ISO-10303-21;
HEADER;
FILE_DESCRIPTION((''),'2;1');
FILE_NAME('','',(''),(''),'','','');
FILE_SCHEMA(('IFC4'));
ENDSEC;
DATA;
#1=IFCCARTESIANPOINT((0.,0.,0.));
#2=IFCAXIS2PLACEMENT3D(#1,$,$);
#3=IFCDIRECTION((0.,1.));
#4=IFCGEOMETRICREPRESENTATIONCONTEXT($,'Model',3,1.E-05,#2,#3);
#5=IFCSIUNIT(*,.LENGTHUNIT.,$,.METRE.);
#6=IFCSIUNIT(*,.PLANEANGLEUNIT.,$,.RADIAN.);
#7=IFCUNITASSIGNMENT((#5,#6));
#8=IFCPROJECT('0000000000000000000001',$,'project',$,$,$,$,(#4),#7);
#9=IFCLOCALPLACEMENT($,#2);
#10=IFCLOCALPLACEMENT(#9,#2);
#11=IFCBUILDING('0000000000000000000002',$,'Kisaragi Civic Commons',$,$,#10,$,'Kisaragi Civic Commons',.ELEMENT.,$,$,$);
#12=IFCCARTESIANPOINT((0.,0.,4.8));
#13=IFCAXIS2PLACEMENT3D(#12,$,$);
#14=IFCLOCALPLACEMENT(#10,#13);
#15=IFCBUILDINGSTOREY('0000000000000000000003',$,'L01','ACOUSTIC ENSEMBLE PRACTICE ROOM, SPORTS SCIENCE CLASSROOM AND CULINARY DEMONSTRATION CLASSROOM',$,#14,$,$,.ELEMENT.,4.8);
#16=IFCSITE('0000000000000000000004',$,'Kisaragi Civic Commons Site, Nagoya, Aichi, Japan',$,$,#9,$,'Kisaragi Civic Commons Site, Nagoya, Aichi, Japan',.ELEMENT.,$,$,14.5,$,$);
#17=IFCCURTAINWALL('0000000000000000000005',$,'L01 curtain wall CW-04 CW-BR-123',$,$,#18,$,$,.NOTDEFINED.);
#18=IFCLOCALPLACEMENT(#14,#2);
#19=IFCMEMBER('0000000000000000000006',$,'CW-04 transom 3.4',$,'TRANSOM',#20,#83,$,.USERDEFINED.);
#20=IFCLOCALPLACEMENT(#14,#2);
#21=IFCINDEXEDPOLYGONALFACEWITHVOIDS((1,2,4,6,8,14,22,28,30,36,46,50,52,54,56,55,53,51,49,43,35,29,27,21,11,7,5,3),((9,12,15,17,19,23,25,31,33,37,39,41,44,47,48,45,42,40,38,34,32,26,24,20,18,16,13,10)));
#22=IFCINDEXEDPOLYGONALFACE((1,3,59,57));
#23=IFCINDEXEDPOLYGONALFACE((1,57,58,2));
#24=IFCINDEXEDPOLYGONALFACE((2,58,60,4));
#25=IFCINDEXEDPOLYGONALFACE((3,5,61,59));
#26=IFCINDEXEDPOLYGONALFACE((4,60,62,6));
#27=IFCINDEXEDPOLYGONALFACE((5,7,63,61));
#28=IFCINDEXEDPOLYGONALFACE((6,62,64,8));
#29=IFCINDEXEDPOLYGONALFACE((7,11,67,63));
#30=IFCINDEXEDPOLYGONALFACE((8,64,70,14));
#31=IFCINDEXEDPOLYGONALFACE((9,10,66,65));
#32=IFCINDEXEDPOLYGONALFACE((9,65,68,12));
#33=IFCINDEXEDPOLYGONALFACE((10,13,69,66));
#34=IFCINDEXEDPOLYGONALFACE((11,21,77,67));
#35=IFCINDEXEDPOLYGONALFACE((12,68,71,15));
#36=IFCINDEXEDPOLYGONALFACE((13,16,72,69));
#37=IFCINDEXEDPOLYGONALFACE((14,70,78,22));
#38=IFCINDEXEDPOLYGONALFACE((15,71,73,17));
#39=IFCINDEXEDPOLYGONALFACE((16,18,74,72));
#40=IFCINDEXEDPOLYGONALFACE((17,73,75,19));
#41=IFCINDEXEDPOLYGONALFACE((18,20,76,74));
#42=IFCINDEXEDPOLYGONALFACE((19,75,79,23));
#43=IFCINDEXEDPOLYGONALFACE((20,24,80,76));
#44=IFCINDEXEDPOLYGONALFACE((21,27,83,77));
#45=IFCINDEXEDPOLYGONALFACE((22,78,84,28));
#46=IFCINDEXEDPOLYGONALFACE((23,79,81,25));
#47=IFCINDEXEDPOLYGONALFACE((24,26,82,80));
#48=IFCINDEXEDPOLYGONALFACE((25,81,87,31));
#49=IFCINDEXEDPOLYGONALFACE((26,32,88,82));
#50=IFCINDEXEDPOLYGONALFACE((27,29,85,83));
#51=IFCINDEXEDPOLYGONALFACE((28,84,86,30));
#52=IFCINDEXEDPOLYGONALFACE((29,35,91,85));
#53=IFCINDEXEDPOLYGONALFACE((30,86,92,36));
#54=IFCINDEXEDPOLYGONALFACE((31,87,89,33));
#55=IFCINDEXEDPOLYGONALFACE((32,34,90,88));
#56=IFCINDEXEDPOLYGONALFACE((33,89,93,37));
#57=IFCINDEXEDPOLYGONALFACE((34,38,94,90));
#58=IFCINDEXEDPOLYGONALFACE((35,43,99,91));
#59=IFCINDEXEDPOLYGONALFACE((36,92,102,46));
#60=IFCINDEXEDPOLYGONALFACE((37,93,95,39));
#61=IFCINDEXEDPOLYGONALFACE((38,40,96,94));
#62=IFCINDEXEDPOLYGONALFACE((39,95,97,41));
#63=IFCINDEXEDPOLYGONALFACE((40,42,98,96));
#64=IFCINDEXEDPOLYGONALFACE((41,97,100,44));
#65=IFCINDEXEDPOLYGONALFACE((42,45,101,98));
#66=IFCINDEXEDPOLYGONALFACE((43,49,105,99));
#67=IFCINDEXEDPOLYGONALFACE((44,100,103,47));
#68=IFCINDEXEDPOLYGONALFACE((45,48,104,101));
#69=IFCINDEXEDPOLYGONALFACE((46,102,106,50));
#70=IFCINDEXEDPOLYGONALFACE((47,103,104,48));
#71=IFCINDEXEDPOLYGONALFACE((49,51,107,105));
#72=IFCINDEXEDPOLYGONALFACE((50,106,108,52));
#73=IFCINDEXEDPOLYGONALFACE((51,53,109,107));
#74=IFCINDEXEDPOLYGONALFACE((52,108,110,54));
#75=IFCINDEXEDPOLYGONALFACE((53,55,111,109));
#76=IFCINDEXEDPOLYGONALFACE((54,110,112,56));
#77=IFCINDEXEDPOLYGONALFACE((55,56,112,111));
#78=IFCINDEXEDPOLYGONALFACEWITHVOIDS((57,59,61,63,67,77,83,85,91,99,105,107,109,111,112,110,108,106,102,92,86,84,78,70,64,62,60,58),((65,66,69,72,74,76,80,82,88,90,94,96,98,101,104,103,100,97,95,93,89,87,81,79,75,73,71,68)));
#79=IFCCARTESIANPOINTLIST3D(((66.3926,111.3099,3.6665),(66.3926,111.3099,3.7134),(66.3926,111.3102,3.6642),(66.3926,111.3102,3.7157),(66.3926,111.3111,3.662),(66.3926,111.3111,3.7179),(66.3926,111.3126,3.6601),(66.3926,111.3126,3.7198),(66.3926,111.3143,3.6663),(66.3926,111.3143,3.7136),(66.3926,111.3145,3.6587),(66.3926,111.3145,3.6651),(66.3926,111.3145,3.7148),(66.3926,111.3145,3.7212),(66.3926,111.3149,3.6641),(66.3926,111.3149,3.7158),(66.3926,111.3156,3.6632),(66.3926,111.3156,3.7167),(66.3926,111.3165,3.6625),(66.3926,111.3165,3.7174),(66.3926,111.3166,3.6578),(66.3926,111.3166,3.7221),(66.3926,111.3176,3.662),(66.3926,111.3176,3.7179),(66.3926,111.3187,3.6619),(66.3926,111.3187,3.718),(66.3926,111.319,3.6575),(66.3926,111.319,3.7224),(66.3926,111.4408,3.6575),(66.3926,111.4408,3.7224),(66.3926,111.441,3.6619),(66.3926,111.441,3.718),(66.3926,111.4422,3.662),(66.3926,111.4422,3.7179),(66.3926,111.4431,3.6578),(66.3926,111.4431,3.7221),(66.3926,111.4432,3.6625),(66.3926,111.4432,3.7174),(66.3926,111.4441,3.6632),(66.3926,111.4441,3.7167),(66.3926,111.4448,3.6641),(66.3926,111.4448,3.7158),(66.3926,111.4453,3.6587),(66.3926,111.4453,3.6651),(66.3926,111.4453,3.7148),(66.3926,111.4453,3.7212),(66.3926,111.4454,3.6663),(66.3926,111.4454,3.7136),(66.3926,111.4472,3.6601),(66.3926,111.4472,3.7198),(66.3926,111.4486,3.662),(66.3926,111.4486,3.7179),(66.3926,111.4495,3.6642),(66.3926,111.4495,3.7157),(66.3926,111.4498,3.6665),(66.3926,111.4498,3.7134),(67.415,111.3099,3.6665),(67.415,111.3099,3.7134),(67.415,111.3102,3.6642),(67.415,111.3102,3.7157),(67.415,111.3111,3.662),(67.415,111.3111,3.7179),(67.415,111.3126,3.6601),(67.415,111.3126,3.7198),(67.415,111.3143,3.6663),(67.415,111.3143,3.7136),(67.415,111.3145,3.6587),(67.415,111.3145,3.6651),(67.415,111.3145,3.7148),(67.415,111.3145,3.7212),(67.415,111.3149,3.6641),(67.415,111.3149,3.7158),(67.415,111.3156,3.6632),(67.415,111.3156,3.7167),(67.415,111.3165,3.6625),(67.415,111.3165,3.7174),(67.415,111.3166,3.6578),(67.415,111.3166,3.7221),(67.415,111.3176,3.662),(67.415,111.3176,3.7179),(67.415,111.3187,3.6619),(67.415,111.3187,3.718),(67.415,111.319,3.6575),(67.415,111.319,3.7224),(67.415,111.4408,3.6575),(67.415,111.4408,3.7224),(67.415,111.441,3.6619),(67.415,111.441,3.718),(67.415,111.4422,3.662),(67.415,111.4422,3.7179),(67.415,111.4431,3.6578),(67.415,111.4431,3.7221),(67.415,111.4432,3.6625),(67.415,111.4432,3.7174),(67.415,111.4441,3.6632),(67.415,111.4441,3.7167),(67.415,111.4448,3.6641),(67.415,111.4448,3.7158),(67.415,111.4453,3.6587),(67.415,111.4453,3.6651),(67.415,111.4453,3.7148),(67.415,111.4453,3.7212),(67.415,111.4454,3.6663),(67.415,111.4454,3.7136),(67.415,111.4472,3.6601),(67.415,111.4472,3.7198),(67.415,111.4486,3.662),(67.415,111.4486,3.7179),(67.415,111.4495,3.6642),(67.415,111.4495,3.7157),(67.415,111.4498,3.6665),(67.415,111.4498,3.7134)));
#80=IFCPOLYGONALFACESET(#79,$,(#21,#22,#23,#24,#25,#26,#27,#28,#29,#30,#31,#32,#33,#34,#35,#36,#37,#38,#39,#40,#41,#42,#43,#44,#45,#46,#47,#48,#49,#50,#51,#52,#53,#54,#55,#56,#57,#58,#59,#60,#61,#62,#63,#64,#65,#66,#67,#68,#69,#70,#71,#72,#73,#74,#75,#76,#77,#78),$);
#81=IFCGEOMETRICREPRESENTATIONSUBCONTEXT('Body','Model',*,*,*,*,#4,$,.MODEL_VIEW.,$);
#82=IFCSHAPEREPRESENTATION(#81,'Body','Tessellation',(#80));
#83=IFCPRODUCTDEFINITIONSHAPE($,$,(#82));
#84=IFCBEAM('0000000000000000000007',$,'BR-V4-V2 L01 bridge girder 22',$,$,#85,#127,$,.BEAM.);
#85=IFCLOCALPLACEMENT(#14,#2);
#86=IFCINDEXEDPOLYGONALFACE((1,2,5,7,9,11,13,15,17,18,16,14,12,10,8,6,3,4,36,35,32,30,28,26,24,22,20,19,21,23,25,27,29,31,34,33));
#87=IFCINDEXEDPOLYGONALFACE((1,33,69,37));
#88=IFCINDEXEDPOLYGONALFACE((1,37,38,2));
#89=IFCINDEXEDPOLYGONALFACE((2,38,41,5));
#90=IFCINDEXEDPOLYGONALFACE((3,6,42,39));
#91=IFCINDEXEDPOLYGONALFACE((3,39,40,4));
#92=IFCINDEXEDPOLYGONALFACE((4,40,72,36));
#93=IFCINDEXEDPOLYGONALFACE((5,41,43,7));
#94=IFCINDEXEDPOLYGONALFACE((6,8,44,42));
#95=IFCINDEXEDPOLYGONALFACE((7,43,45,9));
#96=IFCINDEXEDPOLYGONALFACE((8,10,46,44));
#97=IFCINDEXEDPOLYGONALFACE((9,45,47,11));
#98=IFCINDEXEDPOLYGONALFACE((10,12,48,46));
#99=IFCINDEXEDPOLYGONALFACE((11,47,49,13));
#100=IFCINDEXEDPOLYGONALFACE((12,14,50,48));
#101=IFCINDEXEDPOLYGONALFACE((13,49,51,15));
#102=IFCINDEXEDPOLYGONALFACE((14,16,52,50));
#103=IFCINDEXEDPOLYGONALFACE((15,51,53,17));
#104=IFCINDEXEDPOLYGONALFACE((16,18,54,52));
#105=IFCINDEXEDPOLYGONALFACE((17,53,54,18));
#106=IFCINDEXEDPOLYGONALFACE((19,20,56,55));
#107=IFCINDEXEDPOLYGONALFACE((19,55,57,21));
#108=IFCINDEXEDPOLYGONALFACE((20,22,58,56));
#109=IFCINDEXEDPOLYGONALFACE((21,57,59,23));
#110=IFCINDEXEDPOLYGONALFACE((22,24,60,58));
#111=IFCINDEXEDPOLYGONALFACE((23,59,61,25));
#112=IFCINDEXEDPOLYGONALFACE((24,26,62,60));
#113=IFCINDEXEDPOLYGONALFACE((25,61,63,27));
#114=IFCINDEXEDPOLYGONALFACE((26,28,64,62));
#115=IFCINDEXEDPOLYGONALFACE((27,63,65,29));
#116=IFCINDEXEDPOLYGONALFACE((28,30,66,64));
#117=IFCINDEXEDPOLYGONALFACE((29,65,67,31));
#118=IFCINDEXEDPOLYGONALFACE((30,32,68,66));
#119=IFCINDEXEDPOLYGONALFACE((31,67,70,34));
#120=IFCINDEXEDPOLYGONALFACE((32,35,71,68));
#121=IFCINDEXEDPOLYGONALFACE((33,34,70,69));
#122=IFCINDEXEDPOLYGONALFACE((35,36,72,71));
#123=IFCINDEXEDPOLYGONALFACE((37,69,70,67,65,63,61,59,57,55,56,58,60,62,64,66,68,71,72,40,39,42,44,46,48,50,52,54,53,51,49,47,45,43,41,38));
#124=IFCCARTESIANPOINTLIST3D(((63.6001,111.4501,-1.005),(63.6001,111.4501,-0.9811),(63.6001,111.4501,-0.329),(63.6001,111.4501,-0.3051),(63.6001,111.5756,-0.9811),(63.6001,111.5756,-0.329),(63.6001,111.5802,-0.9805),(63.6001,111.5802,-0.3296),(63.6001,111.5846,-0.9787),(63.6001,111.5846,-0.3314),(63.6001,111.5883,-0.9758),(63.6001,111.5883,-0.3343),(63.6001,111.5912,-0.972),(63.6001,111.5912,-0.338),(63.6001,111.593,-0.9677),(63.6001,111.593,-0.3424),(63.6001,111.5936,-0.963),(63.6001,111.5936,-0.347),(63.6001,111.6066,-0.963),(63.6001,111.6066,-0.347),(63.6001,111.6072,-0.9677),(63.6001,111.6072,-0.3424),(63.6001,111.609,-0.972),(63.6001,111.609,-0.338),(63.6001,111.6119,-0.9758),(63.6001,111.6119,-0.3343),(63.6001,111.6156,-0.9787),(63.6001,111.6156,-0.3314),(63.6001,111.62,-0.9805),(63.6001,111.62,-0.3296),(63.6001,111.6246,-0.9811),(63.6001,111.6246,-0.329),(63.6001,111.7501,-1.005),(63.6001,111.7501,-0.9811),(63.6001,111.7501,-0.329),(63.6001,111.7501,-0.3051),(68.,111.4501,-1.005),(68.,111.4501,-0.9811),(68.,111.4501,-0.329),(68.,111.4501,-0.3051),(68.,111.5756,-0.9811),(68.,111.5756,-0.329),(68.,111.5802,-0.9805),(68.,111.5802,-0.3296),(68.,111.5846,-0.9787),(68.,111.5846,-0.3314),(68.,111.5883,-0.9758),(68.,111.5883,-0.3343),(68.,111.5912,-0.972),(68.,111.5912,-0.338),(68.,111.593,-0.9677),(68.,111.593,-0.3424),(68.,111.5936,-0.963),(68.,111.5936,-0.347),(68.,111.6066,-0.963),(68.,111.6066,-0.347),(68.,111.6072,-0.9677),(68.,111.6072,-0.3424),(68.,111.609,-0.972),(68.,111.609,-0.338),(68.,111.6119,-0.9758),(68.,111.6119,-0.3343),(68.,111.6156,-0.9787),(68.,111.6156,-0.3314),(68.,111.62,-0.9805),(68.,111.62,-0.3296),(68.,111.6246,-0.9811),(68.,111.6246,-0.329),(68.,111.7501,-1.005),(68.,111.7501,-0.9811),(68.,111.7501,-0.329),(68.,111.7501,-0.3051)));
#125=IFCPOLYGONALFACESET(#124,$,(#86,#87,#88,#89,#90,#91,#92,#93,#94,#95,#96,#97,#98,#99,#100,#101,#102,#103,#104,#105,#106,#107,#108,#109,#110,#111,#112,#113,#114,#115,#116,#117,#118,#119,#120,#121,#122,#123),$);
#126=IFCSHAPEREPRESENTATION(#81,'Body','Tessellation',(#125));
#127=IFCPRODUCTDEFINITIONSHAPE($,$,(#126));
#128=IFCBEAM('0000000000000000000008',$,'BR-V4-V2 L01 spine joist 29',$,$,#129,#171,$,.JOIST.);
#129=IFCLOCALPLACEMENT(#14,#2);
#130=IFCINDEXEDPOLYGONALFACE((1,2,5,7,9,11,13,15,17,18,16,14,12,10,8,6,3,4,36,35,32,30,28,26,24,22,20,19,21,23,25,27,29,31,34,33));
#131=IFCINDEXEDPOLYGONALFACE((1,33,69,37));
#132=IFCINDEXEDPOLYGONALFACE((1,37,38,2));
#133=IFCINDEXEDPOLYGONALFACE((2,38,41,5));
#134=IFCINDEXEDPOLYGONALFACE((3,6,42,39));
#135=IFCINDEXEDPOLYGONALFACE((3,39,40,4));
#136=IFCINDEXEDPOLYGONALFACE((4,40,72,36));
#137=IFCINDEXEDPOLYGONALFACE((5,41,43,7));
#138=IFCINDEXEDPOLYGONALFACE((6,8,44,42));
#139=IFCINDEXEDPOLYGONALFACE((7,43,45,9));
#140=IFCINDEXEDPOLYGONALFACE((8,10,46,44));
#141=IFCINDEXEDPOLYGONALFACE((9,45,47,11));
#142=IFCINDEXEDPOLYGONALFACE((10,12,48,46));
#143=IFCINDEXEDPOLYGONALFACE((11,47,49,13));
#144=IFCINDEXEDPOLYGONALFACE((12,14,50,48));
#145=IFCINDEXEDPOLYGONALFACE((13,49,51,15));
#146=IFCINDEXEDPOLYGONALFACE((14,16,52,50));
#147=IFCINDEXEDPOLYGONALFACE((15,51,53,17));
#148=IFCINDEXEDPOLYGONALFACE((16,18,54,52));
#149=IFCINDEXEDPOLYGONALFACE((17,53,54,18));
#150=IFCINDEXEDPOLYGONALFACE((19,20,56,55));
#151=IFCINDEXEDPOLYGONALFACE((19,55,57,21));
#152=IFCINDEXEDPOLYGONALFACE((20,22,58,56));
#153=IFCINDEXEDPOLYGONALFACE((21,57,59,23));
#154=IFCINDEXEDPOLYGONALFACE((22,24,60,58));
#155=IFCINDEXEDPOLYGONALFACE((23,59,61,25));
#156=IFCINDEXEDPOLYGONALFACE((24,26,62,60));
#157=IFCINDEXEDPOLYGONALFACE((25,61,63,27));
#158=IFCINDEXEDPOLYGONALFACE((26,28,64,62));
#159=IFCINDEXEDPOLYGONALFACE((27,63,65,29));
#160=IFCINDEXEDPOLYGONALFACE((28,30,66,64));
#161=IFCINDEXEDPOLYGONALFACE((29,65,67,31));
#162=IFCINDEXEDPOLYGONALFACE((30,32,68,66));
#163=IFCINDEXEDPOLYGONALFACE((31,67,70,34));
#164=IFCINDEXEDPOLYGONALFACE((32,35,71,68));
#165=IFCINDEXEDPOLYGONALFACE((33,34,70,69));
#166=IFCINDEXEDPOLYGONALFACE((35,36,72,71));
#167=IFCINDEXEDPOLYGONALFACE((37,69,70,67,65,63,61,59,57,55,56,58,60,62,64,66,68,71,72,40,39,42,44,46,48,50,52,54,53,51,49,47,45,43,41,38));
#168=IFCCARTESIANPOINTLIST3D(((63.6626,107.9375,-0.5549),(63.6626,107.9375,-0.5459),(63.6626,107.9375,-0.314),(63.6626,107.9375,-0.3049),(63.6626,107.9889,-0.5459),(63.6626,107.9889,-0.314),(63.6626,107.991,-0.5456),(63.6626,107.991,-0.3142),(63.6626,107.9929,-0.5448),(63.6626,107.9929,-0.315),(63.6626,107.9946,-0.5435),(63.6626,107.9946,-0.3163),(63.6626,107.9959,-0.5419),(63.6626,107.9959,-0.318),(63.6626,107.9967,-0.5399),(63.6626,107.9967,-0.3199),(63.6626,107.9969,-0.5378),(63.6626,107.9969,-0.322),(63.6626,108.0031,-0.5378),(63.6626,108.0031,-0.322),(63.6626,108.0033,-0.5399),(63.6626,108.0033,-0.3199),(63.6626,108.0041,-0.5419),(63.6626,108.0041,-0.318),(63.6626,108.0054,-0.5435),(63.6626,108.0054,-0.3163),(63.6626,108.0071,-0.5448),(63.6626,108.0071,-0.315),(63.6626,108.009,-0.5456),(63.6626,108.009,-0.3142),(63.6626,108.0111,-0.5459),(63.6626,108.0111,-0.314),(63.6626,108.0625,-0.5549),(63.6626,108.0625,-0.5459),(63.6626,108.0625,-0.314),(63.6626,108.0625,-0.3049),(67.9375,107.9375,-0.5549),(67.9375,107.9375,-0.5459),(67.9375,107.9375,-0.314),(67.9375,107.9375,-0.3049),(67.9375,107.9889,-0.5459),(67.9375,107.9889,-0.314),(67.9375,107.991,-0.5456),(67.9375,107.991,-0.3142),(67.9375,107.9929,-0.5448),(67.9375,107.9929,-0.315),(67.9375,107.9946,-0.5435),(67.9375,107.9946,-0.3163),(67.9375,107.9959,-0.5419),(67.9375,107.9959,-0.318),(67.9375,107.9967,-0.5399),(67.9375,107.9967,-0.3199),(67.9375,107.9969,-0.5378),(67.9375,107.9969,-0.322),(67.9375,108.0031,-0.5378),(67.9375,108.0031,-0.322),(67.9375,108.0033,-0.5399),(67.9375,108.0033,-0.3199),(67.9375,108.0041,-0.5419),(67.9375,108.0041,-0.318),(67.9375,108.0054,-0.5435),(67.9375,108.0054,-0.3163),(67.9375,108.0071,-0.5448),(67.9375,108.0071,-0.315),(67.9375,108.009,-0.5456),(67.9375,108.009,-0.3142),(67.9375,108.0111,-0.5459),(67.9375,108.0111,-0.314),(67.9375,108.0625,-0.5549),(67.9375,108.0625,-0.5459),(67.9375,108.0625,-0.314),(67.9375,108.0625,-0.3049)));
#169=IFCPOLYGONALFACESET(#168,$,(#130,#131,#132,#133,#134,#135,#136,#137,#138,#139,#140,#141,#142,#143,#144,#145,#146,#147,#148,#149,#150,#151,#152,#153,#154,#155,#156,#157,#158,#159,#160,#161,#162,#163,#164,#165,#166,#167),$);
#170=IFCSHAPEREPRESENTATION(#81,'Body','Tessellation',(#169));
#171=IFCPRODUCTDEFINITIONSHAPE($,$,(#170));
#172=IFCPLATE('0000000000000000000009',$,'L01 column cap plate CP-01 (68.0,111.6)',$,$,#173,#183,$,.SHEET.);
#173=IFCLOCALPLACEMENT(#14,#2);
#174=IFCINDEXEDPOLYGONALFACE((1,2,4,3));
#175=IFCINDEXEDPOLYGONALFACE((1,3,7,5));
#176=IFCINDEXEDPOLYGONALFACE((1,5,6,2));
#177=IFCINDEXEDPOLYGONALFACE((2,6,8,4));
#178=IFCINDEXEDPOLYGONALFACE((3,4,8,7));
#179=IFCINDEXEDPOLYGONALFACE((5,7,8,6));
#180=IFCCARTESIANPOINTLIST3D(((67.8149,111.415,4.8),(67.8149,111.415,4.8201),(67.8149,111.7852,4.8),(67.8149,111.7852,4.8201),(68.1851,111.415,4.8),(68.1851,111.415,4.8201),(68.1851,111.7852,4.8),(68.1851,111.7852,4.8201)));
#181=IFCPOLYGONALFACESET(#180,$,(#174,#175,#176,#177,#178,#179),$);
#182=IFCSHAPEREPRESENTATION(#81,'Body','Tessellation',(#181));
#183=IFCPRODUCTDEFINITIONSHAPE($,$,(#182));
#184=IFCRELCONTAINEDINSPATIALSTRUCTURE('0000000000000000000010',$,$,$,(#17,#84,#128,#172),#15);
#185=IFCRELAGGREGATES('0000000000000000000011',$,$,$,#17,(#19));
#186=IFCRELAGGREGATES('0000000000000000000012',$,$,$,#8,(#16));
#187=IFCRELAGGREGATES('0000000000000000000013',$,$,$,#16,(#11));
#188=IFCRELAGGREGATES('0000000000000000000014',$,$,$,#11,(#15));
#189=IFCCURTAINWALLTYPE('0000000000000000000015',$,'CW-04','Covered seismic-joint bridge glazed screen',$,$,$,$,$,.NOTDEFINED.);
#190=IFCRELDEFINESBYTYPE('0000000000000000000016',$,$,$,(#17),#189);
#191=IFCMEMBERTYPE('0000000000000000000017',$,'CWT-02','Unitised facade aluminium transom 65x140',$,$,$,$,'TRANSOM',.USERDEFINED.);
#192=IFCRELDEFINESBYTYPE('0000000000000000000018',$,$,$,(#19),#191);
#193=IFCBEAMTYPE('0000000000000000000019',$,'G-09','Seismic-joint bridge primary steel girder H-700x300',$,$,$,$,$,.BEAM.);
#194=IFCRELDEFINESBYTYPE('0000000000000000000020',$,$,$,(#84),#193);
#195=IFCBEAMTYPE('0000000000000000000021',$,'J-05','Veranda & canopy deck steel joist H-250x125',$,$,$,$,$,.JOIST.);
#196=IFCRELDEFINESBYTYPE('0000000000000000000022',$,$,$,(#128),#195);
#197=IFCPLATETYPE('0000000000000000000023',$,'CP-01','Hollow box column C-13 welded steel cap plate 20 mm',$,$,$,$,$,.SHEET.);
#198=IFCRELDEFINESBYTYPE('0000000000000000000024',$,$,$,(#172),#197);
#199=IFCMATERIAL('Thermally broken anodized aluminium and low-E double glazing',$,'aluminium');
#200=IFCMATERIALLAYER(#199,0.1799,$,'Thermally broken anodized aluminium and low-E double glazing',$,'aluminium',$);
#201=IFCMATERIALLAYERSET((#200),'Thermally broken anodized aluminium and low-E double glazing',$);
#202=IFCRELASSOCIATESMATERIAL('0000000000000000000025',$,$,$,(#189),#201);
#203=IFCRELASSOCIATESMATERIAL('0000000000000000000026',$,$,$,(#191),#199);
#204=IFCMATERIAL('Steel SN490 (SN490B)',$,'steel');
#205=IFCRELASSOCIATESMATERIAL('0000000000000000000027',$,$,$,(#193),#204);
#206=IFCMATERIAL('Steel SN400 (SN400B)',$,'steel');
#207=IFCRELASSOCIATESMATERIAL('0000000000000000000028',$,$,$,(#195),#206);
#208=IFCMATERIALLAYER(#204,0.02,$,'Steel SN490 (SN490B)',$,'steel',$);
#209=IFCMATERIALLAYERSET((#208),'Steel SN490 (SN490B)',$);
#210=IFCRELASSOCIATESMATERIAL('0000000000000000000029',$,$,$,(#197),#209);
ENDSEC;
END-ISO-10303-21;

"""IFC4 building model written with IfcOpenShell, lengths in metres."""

from ifc_helpers import new_model, si_unit, direction, frame, origin, origin_2d, place, context, subcontext, project, spatial, rectangle, hollow_rectangle, i_section, extrude, material, layer, layer_set, material_profile, profile_set, type_object, element, aggregate, save


model = new_model("IFC4")

# Units and contexts
model_context = context("Model", 3, precision=1e-05, world=origin(), true_north=direction((0.0, 1.0)))
body_context = subcontext(model_context, "Body", "Model", "MODEL_VIEW")
ifc_project = project(units=[si_unit("LENGTHUNIT", "METRE"), si_unit("PLANEANGLEUNIT", "RADIAN")], contexts=[model_context])

# Site, building, storey
site_placement = place(None, origin())
site = spatial("IfcSite", under=ifc_project, at=site_placement, Name="Kisaragi Civic Commons Site, Nagoya, Aichi, Japan", LongName="Kisaragi Civic Commons Site, Nagoya, Aichi, Japan", CompositionType="ELEMENT", RefElevation=14.5)
building_placement = place(site_placement, origin())
building = spatial("IfcBuilding", under=site, at=building_placement, Name="Kisaragi Civic Commons", LongName="Kisaragi Civic Commons", CompositionType="ELEMENT")
storey_placement = place(building_placement, frame((0.0, 0.0, 4.8)))
storey = spatial("IfcBuildingStorey", under=building, at=storey_placement, Name="L01", Description="ACOUSTIC ENSEMBLE PRACTICE ROOM, SPORTS SCIENCE CLASSROOM AND CULINARY DEMONSTRATION CLASSROOM", CompositionType="ELEMENT", Elevation=4.8)

# Curtain wall
ifc_material_1 = material(Name="Thermally broken anodized aluminium and low-E double glazing", Category="aluminium")
ifc_layer_1 = layer(ifc_material_1, 0.1799, Name="Thermally broken anodized aluminium and low-E double glazing", Category="aluminium")
ifc_layer_set_1 = layer_set([ifc_layer_1], Name="Thermally broken anodized aluminium and low-E double glazing")
curtain_wall_type = type_object("IfcCurtainWallType", Name="CW-04", Description="Covered seismic-joint bridge glazed screen", PredefinedType="NOTDEFINED", material=ifc_layer_set_1)
curtain_wall_1_placement = place(storey_placement, origin())
curtain_wall_1 = element("IfcCurtainWall", 1, at=curtain_wall_1_placement, inside=storey, type_object=curtain_wall_type, Name="L01 curtain wall CW-04 CW-BR-123", PredefinedType="NOTDEFINED")

# Member
ifc_material_profile_1 = material_profile(ifc_material_1, hollow_rectangle(XDim=0.1399, YDim=0.0649, WallThickness=0.0044, InnerFilletRadius=0.0044, OuterFilletRadius=0.009, at=origin_2d()), Name="CWT-65x140x4.5", Category="aluminium")
ifc_profile_set_1 = profile_set([ifc_material_profile_1], Name="Thermally broken anodized aluminium and low-E double glazing")
member_type_1 = type_object("IfcMemberType", Name="CWT-02", Description="Unitised facade aluminium transom 65x140", ElementType="TRANSOM", PredefinedType="USERDEFINED", material=ifc_profile_set_1)
member_1_placement = place(storey_placement, frame((66.3926, 111.3799, 3.6899), z_axis=(1.0, 0.0, 0.0), x_axis=(0.0, 1.0, 0.0)))
member_1 = element("IfcMember", 2, at=member_1_placement, type_object=member_type_1, Name="CW-04 transom 3.4", ObjectType="TRANSOM", PredefinedType="USERDEFINED", context=body_context, shape_type="SweptSolid", body=[
    extrude(hollow_rectangle(XDim=0.1399, YDim=0.0649, WallThickness=0.0044, InnerFilletRadius=0.0044, OuterFilletRadius=0.009, at=origin_2d()), origin(), (0.0, 0.0, 1.0), 1.0225),
])

# Beams
ifc_material_2 = material(Name="Steel SN490 (SN490B)", Category="steel")
ifc_material_profile_2 = material_profile(ifc_material_2, i_section(OverallWidth=0.3, OverallDepth=0.7, WebThickness=0.0129, FlangeThickness=0.0239, FilletRadius=0.0181, at=origin_2d()), Name="H-700x300x13x24", Category="steel")
ifc_profile_set_2 = profile_set([ifc_material_profile_2], Name="Steel SN490 (SN490B)")
beam_type_1 = type_object("IfcBeamType", Name="G-09", Description="Seismic-joint bridge primary steel girder H-700x300", PredefinedType="BEAM", material=ifc_profile_set_2)
beam_1_placement = place(storey_placement, frame((68.0, 111.6001, -0.655), z_axis=(-1.0, 0.0, 0.0), x_axis=(0.0, -1.0, 0.0)))
element("IfcBeam", 3, at=beam_1_placement, inside=storey, type_object=beam_type_1, Name="BR-V4-V2 L01 bridge girder 22", PredefinedType="BEAM", context=body_context, shape_type="SweptSolid", body=[
    extrude(i_section(OverallWidth=0.3, OverallDepth=0.7, WebThickness=0.0129, FlangeThickness=0.0239, FilletRadius=0.0181, at=origin_2d()), origin(), (0.0, 0.0, 1.0), 4.3999),
])
ifc_material_3 = material(Name="Steel SN400 (SN400B)", Category="steel")
ifc_material_profile_3 = material_profile(ifc_material_3, i_section(OverallWidth=0.125, OverallDepth=0.25, WebThickness=0.0061, FlangeThickness=0.009, FilletRadius=0.0081, at=origin_2d()), Name="H-250x125x6x9", Category="steel")
ifc_profile_set_3 = profile_set([ifc_material_profile_3], Name="Steel SN400 (SN400B)")
beam_type_2 = type_object("IfcBeamType", Name="J-05", Description="Veranda & canopy deck steel joist H-250x125", PredefinedType="JOIST", material=ifc_profile_set_3)
beam_2_placement = place(storey_placement, frame((67.9375, 108.0, -0.4299), z_axis=(-1.0, 0.0, 0.0), x_axis=(0.0, -1.0, 0.0)))
element("IfcBeam", 4, at=beam_2_placement, inside=storey, type_object=beam_type_2, Name="BR-V4-V2 L01 spine joist 29", PredefinedType="JOIST", context=body_context, shape_type="SweptSolid", body=[
    extrude(i_section(OverallWidth=0.125, OverallDepth=0.25, WebThickness=0.0061, FlangeThickness=0.009, FilletRadius=0.0081, at=origin_2d()), origin(), (0.0, 0.0, 1.0), 4.2749),
])

# Plate
ifc_layer_2 = layer(ifc_material_2, 0.02, Name="Steel SN490 (SN490B)", Category="steel")
ifc_layer_set_2 = layer_set([ifc_layer_2], Name="Steel SN490 (SN490B)")
plate_type_1 = type_object("IfcPlateType", Name="CP-01", Description="Hollow box column C-13 welded steel cap plate 20 mm", PredefinedType="SHEET", material=ifc_layer_set_2)
plate_1_placement = place(storey_placement, frame((68.0, 111.6001, 4.8), z_axis=(0.0, 0.0, 1.0), x_axis=(1.0, 0.0, 0.0)))
element("IfcPlate", 5, at=plate_1_placement, inside=storey, type_object=plate_type_1, Name="L01 column cap plate CP-01 (68.0,111.6)", PredefinedType="SHEET", context=body_context, shape_type="SweptSolid", body=[
    extrude(rectangle(XDim=0.3701, YDim=0.3701, at=origin_2d()), origin(), (0.0, 0.0, 1.0), 0.02),
])
aggregate(curtain_wall_1, [member_1])

save(model, "model.ifc")
